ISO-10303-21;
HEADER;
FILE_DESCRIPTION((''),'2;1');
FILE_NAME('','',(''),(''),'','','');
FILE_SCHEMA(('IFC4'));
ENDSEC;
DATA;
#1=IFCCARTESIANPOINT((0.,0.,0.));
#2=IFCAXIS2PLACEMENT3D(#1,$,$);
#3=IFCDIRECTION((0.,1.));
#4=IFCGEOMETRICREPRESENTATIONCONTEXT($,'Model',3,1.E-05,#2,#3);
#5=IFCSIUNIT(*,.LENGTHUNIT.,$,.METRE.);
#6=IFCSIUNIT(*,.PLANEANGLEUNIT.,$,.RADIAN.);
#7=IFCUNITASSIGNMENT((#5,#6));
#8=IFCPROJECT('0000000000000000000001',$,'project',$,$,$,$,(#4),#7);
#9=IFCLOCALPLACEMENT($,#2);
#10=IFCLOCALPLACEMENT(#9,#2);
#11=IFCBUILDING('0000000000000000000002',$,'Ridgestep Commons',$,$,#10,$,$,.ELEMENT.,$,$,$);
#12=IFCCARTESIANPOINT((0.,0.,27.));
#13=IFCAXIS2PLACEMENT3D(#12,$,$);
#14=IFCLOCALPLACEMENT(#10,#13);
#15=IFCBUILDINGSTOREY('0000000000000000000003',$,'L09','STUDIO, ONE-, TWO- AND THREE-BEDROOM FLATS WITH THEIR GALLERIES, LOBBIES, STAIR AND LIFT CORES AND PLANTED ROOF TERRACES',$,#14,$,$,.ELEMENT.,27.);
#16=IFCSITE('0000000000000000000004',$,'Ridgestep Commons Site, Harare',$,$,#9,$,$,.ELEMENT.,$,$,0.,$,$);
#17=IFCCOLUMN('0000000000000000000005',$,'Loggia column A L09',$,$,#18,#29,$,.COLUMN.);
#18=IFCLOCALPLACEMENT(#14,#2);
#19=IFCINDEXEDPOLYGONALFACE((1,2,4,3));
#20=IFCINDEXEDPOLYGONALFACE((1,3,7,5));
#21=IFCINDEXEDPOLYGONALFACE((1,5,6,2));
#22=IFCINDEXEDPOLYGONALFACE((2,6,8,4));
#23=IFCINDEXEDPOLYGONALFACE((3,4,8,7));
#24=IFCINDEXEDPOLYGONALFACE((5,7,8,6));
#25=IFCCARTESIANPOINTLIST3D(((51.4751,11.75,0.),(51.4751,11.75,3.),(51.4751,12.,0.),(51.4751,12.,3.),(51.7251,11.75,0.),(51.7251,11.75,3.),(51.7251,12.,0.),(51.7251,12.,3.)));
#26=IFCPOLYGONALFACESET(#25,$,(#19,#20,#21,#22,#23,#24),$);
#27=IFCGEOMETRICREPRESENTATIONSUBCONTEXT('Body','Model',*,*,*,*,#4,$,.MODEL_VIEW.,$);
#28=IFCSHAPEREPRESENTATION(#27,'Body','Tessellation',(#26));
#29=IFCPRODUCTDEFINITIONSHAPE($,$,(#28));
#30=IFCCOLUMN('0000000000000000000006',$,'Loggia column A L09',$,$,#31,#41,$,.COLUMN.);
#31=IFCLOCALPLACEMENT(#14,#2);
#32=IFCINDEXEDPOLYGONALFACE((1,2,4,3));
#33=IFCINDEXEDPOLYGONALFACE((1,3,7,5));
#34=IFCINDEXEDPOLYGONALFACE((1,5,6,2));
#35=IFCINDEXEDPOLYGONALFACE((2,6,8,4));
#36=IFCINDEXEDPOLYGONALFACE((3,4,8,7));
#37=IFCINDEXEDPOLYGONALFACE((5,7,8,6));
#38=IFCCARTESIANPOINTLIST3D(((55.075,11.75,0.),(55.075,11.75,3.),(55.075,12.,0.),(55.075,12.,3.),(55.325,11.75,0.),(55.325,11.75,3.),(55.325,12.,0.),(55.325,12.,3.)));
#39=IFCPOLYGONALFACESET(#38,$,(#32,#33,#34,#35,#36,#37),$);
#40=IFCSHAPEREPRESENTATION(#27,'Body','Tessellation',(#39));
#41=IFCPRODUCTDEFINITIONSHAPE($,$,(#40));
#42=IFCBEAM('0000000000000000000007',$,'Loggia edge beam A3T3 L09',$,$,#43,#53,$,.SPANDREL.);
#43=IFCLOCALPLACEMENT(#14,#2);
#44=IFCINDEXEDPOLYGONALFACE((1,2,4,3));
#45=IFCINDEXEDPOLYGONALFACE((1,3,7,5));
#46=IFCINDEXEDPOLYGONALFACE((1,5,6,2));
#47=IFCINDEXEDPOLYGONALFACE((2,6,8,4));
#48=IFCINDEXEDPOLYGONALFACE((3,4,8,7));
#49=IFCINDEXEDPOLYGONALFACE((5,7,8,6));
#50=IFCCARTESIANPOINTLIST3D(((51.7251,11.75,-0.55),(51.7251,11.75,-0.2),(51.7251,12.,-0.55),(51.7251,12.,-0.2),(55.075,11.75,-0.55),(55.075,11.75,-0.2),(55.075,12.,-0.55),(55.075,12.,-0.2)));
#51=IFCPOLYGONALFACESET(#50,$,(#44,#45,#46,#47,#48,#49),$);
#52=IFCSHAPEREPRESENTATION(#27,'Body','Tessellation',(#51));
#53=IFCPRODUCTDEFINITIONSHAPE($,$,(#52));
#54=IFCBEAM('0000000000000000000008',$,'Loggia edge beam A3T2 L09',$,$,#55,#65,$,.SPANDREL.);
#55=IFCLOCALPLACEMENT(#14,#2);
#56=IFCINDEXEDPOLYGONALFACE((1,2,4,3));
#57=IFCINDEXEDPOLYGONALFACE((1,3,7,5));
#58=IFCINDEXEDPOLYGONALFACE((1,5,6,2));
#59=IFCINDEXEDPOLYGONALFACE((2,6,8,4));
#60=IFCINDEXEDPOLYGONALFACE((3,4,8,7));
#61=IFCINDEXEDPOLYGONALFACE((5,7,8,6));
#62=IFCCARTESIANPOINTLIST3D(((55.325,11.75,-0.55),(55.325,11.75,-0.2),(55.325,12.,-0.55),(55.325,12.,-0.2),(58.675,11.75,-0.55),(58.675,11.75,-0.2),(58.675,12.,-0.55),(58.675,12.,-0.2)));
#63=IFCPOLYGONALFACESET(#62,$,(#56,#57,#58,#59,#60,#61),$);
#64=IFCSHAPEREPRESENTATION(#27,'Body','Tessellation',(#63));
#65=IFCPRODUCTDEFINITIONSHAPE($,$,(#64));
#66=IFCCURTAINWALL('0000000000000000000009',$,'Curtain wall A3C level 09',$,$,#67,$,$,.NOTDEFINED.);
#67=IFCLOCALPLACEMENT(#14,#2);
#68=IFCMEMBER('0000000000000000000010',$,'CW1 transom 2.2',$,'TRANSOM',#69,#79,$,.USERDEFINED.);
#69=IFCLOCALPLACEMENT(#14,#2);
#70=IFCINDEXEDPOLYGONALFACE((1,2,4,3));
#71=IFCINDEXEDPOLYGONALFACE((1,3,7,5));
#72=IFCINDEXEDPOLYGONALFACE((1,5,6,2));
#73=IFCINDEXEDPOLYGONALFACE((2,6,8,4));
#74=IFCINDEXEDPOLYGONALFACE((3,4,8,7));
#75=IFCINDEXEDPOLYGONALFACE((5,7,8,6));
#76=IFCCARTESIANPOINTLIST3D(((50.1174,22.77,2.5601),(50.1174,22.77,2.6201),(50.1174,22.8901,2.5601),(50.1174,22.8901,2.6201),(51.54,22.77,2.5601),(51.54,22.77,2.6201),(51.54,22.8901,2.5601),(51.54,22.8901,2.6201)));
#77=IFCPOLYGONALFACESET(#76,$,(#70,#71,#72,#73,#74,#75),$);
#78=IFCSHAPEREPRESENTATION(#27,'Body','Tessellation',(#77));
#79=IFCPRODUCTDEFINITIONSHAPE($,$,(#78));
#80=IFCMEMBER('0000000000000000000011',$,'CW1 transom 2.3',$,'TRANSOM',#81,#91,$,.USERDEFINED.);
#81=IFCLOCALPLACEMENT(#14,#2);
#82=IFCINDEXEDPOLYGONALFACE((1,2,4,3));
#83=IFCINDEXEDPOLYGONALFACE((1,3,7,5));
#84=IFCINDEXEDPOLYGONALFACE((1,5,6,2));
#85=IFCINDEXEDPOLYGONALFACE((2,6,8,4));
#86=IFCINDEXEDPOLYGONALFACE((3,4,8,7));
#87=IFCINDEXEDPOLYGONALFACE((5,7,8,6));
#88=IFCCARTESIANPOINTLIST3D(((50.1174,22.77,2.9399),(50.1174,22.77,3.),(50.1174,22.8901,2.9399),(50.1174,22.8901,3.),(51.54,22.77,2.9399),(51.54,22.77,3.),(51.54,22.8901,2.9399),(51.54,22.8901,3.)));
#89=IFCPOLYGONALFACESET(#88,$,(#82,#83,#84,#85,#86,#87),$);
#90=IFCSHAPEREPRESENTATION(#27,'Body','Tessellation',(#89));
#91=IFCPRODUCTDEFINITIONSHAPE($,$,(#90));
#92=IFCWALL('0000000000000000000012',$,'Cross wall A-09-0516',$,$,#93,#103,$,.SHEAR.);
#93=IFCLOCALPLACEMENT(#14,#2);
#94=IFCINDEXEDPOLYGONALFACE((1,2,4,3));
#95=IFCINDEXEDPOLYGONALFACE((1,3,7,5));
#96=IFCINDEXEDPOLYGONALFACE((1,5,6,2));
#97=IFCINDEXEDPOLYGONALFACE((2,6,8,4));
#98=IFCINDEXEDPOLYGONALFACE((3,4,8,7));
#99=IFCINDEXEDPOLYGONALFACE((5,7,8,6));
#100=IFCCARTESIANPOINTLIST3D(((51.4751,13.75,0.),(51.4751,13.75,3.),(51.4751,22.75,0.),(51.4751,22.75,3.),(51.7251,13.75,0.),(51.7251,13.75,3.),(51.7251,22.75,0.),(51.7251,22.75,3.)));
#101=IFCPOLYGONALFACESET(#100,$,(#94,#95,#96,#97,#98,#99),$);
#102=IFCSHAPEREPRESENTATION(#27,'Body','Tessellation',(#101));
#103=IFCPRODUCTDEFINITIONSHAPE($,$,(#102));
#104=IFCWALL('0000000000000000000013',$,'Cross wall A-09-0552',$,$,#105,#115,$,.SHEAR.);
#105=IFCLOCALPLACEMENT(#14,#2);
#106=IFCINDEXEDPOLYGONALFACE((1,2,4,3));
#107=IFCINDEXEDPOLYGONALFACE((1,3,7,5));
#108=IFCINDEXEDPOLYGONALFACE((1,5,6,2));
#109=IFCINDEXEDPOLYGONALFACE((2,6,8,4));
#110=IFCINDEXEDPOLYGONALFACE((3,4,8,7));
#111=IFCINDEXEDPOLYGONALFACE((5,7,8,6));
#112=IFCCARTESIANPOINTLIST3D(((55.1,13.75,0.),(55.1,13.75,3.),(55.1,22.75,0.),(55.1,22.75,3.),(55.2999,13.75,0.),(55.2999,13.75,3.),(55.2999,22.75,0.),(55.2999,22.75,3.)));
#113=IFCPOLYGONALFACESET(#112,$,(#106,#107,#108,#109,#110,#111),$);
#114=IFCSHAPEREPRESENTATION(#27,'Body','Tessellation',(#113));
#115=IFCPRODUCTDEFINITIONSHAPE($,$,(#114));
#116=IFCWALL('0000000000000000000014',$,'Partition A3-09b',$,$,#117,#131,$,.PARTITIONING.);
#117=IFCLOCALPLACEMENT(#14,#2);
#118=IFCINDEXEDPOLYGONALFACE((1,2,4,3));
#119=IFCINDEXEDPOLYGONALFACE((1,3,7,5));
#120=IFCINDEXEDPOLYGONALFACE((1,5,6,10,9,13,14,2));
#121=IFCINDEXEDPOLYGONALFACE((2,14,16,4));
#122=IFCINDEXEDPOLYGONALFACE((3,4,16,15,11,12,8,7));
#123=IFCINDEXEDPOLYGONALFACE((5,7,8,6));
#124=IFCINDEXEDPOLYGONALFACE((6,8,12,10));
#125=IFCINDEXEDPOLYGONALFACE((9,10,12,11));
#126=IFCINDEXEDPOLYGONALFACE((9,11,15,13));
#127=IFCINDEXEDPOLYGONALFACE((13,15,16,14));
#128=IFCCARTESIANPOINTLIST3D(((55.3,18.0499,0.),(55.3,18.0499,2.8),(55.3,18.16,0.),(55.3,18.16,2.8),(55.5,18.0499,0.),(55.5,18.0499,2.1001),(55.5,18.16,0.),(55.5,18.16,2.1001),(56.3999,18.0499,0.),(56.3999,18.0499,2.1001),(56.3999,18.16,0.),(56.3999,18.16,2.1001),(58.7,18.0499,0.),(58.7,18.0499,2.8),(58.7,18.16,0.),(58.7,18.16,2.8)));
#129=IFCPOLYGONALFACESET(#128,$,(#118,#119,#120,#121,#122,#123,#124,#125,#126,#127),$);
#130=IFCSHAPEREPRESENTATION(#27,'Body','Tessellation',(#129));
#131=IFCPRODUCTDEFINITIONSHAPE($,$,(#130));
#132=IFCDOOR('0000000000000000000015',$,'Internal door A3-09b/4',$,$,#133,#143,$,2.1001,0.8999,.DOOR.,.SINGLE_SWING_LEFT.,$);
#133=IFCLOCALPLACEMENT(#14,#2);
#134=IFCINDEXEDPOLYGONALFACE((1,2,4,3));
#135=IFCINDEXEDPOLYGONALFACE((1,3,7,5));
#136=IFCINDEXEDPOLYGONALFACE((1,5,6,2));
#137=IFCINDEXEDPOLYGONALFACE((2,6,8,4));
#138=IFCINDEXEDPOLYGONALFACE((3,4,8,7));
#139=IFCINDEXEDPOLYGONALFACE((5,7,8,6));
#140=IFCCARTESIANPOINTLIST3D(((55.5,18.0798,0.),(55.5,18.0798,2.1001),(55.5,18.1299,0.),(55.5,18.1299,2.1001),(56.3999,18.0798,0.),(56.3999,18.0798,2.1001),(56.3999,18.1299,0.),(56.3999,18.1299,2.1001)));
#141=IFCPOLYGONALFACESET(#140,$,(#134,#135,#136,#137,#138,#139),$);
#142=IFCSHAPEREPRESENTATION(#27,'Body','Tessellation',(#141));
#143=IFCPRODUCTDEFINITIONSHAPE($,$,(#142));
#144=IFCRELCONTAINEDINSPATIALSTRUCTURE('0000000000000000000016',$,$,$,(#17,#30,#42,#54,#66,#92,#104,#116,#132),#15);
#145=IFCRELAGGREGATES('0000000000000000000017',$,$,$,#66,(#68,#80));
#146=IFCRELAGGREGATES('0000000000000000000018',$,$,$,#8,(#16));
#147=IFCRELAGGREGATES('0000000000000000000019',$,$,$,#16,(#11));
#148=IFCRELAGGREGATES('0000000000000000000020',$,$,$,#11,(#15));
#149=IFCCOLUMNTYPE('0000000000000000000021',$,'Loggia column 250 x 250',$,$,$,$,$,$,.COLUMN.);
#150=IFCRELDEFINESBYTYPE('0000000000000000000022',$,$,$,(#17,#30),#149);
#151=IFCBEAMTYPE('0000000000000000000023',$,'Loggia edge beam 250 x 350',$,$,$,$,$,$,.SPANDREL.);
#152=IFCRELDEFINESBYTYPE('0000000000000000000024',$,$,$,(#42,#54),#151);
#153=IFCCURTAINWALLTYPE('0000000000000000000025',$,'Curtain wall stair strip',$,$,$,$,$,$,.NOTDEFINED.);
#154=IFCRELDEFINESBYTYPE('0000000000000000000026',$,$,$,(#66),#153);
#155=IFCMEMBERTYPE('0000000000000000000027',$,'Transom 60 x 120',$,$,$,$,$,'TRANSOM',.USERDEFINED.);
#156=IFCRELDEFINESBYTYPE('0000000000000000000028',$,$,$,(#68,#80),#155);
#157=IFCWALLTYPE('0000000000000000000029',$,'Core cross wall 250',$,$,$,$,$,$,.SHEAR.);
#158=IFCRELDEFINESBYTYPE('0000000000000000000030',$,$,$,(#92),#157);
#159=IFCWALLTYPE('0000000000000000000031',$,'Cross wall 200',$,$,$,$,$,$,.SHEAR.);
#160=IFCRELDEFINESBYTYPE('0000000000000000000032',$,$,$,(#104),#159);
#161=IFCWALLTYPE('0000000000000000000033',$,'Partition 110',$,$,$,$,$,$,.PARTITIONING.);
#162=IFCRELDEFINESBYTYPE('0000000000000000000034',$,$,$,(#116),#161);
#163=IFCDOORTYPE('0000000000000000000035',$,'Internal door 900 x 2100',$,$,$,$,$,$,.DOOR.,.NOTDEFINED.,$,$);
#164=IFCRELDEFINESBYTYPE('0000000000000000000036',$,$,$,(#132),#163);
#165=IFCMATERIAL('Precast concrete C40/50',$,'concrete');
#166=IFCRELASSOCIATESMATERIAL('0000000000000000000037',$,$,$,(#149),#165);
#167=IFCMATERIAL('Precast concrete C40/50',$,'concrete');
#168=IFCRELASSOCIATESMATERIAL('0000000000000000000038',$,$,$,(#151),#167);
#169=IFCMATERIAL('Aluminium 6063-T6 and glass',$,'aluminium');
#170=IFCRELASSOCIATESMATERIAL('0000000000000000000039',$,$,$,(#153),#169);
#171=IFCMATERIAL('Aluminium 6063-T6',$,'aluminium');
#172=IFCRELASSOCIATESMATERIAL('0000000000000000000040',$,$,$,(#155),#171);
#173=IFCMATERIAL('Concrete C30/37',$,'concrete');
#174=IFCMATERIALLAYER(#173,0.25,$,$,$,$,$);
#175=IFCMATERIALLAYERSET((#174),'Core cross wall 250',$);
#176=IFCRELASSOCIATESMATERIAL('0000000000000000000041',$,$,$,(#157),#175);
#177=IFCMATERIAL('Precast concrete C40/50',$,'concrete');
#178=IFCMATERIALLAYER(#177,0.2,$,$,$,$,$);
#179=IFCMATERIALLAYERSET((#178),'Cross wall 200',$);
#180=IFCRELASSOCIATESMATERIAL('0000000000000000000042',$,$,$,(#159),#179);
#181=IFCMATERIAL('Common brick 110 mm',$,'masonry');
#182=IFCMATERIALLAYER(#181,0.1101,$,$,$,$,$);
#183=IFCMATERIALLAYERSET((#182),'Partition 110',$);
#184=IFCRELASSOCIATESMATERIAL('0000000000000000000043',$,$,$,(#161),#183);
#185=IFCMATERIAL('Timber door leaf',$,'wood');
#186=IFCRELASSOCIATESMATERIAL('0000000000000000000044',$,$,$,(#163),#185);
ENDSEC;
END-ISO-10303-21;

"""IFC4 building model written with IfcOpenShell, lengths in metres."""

from ifc_helpers import new_model, si_unit, direction, frame, frame_2d, origin, origin_2d, place, context, subcontext, project, spatial, rectangle, extrude, material, layer, layer_set, material_profile, profile_set, type_object, element, fill, aggregate, save


model = new_model("IFC4")

# Units and contexts
model_context = context("Model", 3, precision=1e-05, world=origin(), true_north=direction((0.0, 1.0)))
body_context = subcontext(model_context, "Body", "Model", "MODEL_VIEW")
ifc_project = project(units=[si_unit("LENGTHUNIT", "METRE"), si_unit("PLANEANGLEUNIT", "RADIAN")], contexts=[model_context])

# Site, building, storey
site_placement = place(None, origin())
site = spatial("IfcSite", under=ifc_project, at=site_placement, Name="Ridgestep Commons Site, Harare", CompositionType="ELEMENT", RefElevation=0.0)
building_placement = place(site_placement, origin())
building = spatial("IfcBuilding", under=site, at=building_placement, Name="Ridgestep Commons", CompositionType="ELEMENT")
storey_placement = place(building_placement, frame((0.0, 0.0, 27.0)))
storey = spatial("IfcBuildingStorey", under=building, at=storey_placement, Name="L09", Description="STUDIO, ONE-, TWO- AND THREE-BEDROOM FLATS WITH THEIR GALLERIES, LOBBIES, STAIR AND LIFT CORES AND PLANTED ROOF TERRACES", CompositionType="ELEMENT", Elevation=27.0)

# Columns
ifc_material_1 = material(Name="Precast concrete C40/50", Category="concrete")
ifc_material_profile_1 = material_profile(ifc_material_1, rectangle(XDim=0.25, YDim=0.25, at=origin_2d()), Name="PC 250x250")
ifc_profile_set_1 = profile_set([ifc_material_profile_1], Name="Precast concrete C40/50")
column_type = type_object("IfcColumnType", Name="Loggia column 250 x 250", PredefinedType="COLUMN", material=ifc_profile_set_1)
for number, where, z_axis, x_axis, name in (
    (1, (51.6001, 11.875, 0.0), (0.0, 0.0, 1.0), (1.0, 0.0, 0.0), "Loggia column A L09"),
    (2, (55.2, 11.875, 0.0), (0.0, 0.0, 1.0), (1.0, 0.0, 0.0), "Loggia column A L09"),
):
    element("IfcColumn", number, at=place(storey_placement, frame(where, z_axis=z_axis, x_axis=x_axis)), inside=storey, type_object=column_type, Name=name, PredefinedType="COLUMN", context=body_context, shape_type="SweptSolid", body=[
        extrude(rectangle(XDim=0.25, YDim=0.25, at=origin_2d()), origin(), (0.0, 0.0, 1.0), 3.0),
    ])

# Beams
ifc_material_2 = material(Name="Precast concrete C40/50", Category="concrete")
ifc_material_profile_2 = material_profile(ifc_material_2, rectangle(XDim=0.25, YDim=0.3501, at=origin_2d()), Name="PC 250x350")
ifc_profile_set_2 = profile_set([ifc_material_profile_2], Name="Precast concrete C40/50")
beam_type = type_object("IfcBeamType", Name="Loggia edge beam 250 x 350", PredefinedType="SPANDREL", material=ifc_profile_set_2)
beam_1_placement = place(storey_placement, frame((51.7251, 11.875, -0.375), z_axis=(1.0, 0.0, 0.0), x_axis=(0.0, 1.0, 0.0)))
element("IfcBeam", 3, at=beam_1_placement, inside=storey, type_object=beam_type, Name="Loggia edge beam A3T3 L09", PredefinedType="SPANDREL", context=body_context, shape_type="SweptSolid", body=[
    extrude(rectangle(XDim=0.25, YDim=0.3501, at=origin_2d()), origin(), (0.0, 0.0, 1.0), 3.3499),
])
beam_2_placement = place(storey_placement, frame((55.325, 11.875, -0.375), z_axis=(1.0, 0.0, 0.0), x_axis=(0.0, 1.0, 0.0)))
element("IfcBeam", 4, at=beam_2_placement, inside=storey, type_object=beam_type, Name="Loggia edge beam A3T2 L09", PredefinedType="SPANDREL", context=body_context, shape_type="SweptSolid", body=[
    extrude(rectangle(XDim=0.25, YDim=0.3501, at=origin_2d()), origin(), (0.0, 0.0, 1.0), 3.3501),
])

# Curtain wall, members
ifc_material_3 = material(Name="Aluminium 6063-T6 and glass", Category="aluminium")
curtain_wall_type = type_object("IfcCurtainWallType", Name="Curtain wall stair strip", PredefinedType="NOTDEFINED", material=ifc_material_3)
curtain_wall_placement = place(storey_placement, origin())
curtain_wall = element("IfcCurtainWall", 5, at=curtain_wall_placement, inside=storey, type_object=curtain_wall_type, Name="Curtain wall A3C level 09", PredefinedType="NOTDEFINED")
ifc_material_4 = material(Name="Aluminium 6063-T6", Category="aluminium")
ifc_material_profile_3 = material_profile(ifc_material_4, rectangle(XDim=0.1201, YDim=0.0601, at=origin_2d()), Name="Transom 60 x 120")
ifc_profile_set_3 = profile_set([ifc_material_profile_3], Name="Aluminium 6063-T6")
member_type = type_object("IfcMemberType", Name="Transom 60 x 120", ElementType="TRANSOM", PredefinedType="USERDEFINED", material=ifc_profile_set_3)
member_1_placement = place(storey_placement, frame((50.1174, 22.8301, 2.5901), z_axis=(1.0, 0.0, 0.0), x_axis=(0.0, 1.0, 0.0)))
member_1 = element("IfcMember", 6, at=member_1_placement, type_object=member_type, Name="CW1 transom 2.2", ObjectType="TRANSOM", PredefinedType="USERDEFINED", context=body_context, shape_type="SweptSolid", body=[
    extrude(rectangle(XDim=0.1201, YDim=0.0601, at=origin_2d()), origin(), (0.0, 0.0, 1.0), 1.4226),
])
member_2_placement = place(storey_placement, frame((50.1174, 22.8301, 2.97), z_axis=(1.0, 0.0, 0.0), x_axis=(0.0, 1.0, 0.0)))
member_2 = element("IfcMember", 7, at=member_2_placement, type_object=member_type, Name="CW1 transom 2.3", ObjectType="TRANSOM", PredefinedType="USERDEFINED", context=body_context, shape_type="SweptSolid", body=[
    extrude(rectangle(XDim=0.1201, YDim=0.0601, at=origin_2d()), origin(), (0.0, 0.0, 1.0), 1.4226),
])
aggregate(curtain_wall, [member_1, member_2])

# Walls
ifc_material_5 = material(Name="Concrete C30/37", Category="concrete")
ifc_layer_1 = layer(ifc_material_5, 0.25)
ifc_layer_set_1 = layer_set([ifc_layer_1], Name="Core cross wall 250")
wall_type_1 = type_object("IfcWallType", Name="Core cross wall 250", PredefinedType="SHEAR", material=ifc_layer_set_1)
wall_1_placement = place(storey_placement, frame((51.6001, 13.75, 0.0), z_axis=(0.0, 0.0, 1.0), x_axis=(0.0, 1.0, 0.0)))
element("IfcWall", 8, at=wall_1_placement, inside=storey, type_object=wall_type_1, Name="Cross wall A-09-0516", PredefinedType="SHEAR", context=body_context, shape_type="SweptSolid", body=[
    extrude(rectangle(XDim=9.0, YDim=0.25, at=frame_2d((4.5, 0.0))), origin(), (0.0, 0.0, 1.0), 3.0),
])
ifc_material_6 = material(Name="Precast concrete C40/50", Category="concrete")
ifc_layer_2 = layer(ifc_material_6, 0.2)
ifc_layer_set_2 = layer_set([ifc_layer_2], Name="Cross wall 200")
wall_type_2 = type_object("IfcWallType", Name="Cross wall 200", PredefinedType="SHEAR", material=ifc_layer_set_2)
wall_2_placement = place(storey_placement, frame((55.2, 13.75, 0.0), z_axis=(0.0, 0.0, 1.0), x_axis=(0.0, 1.0, 0.0)))
element("IfcWall", 9, at=wall_2_placement, inside=storey, type_object=wall_type_2, Name="Cross wall A-09-0552", PredefinedType="SHEAR", context=body_context, shape_type="SweptSolid", body=[
    extrude(rectangle(XDim=9.0, YDim=0.2, at=frame_2d((4.5, 0.0))), origin(), (0.0, 0.0, 1.0), 3.0),
])

# Wall, opening, door
ifc_material_7 = material(Name="Common brick 110 mm", Category="masonry")
ifc_layer_3 = layer(ifc_material_7, 0.1101)
ifc_layer_set_3 = layer_set([ifc_layer_3], Name="Partition 110")
wall_type_3 = type_object("IfcWallType", Name="Partition 110", PredefinedType="PARTITIONING", material=ifc_layer_set_3)
wall_3_placement = place(storey_placement, frame((55.3, 18.105, 0.0), z_axis=(0.0, 0.0, 1.0), x_axis=(1.0, 0.0, 0.0)))
wall_3 = element("IfcWall", 10, at=wall_3_placement, inside=storey, type_object=wall_type_3, Name="Partition A3-09b", PredefinedType="PARTITIONING", context=body_context, shape_type="SweptSolid", body=[
    extrude(rectangle(XDim=3.3999, YDim=0.1101, at=frame_2d((1.7, 0.0))), origin(), (0.0, 0.0, 1.0), 2.8),
])
opening_1_placement = place(wall_3_placement, frame((0.2, 0.0, 0.0)))
opening_1 = element("IfcOpeningElement", 11, at=opening_1_placement, cuts=wall_3, PredefinedType="OPENING", context=body_context, shape_type="SweptSolid", body=[
    extrude(rectangle(XDim=0.8999, YDim=2.1001, at=frame_2d((0.45, 1.05))), frame((0.0, 0.0649, 0.0), z_axis=(0.0, -1.0, 0.0), x_axis=(1.0, 0.0, 0.0)), (0.0, 0.0, 1.0), 0.1301),
])
ifc_material_8 = material(Name="Timber door leaf", Category="wood")
door_type_1 = type_object("IfcDoorType", Name="Internal door 900 x 2100", OperationType="NOTDEFINED", PredefinedType="DOOR", material=ifc_material_8)
door_1_placement = place(opening_1_placement, origin())
door_1 = element("IfcDoor", 12, at=door_1_placement, inside=storey, type_object=door_type_1, Name="Internal door A3-09b/4", OperationType="SINGLE_SWING_LEFT", OverallHeight=2.1001, OverallWidth=0.8999, PredefinedType="DOOR", context=body_context, shape_type="SweptSolid", body=[
    extrude(rectangle(XDim=0.8999, YDim=2.1001, at=frame_2d((0.45, 1.05))), frame((0.0, 0.0249, 0.0), z_axis=(0.0, -1.0, 0.0), x_axis=(1.0, 0.0, 0.0)), (0.0, 0.0, 1.0), 0.05),
])
fill(opening_1, door_1)

save(model, "model.ifc")
